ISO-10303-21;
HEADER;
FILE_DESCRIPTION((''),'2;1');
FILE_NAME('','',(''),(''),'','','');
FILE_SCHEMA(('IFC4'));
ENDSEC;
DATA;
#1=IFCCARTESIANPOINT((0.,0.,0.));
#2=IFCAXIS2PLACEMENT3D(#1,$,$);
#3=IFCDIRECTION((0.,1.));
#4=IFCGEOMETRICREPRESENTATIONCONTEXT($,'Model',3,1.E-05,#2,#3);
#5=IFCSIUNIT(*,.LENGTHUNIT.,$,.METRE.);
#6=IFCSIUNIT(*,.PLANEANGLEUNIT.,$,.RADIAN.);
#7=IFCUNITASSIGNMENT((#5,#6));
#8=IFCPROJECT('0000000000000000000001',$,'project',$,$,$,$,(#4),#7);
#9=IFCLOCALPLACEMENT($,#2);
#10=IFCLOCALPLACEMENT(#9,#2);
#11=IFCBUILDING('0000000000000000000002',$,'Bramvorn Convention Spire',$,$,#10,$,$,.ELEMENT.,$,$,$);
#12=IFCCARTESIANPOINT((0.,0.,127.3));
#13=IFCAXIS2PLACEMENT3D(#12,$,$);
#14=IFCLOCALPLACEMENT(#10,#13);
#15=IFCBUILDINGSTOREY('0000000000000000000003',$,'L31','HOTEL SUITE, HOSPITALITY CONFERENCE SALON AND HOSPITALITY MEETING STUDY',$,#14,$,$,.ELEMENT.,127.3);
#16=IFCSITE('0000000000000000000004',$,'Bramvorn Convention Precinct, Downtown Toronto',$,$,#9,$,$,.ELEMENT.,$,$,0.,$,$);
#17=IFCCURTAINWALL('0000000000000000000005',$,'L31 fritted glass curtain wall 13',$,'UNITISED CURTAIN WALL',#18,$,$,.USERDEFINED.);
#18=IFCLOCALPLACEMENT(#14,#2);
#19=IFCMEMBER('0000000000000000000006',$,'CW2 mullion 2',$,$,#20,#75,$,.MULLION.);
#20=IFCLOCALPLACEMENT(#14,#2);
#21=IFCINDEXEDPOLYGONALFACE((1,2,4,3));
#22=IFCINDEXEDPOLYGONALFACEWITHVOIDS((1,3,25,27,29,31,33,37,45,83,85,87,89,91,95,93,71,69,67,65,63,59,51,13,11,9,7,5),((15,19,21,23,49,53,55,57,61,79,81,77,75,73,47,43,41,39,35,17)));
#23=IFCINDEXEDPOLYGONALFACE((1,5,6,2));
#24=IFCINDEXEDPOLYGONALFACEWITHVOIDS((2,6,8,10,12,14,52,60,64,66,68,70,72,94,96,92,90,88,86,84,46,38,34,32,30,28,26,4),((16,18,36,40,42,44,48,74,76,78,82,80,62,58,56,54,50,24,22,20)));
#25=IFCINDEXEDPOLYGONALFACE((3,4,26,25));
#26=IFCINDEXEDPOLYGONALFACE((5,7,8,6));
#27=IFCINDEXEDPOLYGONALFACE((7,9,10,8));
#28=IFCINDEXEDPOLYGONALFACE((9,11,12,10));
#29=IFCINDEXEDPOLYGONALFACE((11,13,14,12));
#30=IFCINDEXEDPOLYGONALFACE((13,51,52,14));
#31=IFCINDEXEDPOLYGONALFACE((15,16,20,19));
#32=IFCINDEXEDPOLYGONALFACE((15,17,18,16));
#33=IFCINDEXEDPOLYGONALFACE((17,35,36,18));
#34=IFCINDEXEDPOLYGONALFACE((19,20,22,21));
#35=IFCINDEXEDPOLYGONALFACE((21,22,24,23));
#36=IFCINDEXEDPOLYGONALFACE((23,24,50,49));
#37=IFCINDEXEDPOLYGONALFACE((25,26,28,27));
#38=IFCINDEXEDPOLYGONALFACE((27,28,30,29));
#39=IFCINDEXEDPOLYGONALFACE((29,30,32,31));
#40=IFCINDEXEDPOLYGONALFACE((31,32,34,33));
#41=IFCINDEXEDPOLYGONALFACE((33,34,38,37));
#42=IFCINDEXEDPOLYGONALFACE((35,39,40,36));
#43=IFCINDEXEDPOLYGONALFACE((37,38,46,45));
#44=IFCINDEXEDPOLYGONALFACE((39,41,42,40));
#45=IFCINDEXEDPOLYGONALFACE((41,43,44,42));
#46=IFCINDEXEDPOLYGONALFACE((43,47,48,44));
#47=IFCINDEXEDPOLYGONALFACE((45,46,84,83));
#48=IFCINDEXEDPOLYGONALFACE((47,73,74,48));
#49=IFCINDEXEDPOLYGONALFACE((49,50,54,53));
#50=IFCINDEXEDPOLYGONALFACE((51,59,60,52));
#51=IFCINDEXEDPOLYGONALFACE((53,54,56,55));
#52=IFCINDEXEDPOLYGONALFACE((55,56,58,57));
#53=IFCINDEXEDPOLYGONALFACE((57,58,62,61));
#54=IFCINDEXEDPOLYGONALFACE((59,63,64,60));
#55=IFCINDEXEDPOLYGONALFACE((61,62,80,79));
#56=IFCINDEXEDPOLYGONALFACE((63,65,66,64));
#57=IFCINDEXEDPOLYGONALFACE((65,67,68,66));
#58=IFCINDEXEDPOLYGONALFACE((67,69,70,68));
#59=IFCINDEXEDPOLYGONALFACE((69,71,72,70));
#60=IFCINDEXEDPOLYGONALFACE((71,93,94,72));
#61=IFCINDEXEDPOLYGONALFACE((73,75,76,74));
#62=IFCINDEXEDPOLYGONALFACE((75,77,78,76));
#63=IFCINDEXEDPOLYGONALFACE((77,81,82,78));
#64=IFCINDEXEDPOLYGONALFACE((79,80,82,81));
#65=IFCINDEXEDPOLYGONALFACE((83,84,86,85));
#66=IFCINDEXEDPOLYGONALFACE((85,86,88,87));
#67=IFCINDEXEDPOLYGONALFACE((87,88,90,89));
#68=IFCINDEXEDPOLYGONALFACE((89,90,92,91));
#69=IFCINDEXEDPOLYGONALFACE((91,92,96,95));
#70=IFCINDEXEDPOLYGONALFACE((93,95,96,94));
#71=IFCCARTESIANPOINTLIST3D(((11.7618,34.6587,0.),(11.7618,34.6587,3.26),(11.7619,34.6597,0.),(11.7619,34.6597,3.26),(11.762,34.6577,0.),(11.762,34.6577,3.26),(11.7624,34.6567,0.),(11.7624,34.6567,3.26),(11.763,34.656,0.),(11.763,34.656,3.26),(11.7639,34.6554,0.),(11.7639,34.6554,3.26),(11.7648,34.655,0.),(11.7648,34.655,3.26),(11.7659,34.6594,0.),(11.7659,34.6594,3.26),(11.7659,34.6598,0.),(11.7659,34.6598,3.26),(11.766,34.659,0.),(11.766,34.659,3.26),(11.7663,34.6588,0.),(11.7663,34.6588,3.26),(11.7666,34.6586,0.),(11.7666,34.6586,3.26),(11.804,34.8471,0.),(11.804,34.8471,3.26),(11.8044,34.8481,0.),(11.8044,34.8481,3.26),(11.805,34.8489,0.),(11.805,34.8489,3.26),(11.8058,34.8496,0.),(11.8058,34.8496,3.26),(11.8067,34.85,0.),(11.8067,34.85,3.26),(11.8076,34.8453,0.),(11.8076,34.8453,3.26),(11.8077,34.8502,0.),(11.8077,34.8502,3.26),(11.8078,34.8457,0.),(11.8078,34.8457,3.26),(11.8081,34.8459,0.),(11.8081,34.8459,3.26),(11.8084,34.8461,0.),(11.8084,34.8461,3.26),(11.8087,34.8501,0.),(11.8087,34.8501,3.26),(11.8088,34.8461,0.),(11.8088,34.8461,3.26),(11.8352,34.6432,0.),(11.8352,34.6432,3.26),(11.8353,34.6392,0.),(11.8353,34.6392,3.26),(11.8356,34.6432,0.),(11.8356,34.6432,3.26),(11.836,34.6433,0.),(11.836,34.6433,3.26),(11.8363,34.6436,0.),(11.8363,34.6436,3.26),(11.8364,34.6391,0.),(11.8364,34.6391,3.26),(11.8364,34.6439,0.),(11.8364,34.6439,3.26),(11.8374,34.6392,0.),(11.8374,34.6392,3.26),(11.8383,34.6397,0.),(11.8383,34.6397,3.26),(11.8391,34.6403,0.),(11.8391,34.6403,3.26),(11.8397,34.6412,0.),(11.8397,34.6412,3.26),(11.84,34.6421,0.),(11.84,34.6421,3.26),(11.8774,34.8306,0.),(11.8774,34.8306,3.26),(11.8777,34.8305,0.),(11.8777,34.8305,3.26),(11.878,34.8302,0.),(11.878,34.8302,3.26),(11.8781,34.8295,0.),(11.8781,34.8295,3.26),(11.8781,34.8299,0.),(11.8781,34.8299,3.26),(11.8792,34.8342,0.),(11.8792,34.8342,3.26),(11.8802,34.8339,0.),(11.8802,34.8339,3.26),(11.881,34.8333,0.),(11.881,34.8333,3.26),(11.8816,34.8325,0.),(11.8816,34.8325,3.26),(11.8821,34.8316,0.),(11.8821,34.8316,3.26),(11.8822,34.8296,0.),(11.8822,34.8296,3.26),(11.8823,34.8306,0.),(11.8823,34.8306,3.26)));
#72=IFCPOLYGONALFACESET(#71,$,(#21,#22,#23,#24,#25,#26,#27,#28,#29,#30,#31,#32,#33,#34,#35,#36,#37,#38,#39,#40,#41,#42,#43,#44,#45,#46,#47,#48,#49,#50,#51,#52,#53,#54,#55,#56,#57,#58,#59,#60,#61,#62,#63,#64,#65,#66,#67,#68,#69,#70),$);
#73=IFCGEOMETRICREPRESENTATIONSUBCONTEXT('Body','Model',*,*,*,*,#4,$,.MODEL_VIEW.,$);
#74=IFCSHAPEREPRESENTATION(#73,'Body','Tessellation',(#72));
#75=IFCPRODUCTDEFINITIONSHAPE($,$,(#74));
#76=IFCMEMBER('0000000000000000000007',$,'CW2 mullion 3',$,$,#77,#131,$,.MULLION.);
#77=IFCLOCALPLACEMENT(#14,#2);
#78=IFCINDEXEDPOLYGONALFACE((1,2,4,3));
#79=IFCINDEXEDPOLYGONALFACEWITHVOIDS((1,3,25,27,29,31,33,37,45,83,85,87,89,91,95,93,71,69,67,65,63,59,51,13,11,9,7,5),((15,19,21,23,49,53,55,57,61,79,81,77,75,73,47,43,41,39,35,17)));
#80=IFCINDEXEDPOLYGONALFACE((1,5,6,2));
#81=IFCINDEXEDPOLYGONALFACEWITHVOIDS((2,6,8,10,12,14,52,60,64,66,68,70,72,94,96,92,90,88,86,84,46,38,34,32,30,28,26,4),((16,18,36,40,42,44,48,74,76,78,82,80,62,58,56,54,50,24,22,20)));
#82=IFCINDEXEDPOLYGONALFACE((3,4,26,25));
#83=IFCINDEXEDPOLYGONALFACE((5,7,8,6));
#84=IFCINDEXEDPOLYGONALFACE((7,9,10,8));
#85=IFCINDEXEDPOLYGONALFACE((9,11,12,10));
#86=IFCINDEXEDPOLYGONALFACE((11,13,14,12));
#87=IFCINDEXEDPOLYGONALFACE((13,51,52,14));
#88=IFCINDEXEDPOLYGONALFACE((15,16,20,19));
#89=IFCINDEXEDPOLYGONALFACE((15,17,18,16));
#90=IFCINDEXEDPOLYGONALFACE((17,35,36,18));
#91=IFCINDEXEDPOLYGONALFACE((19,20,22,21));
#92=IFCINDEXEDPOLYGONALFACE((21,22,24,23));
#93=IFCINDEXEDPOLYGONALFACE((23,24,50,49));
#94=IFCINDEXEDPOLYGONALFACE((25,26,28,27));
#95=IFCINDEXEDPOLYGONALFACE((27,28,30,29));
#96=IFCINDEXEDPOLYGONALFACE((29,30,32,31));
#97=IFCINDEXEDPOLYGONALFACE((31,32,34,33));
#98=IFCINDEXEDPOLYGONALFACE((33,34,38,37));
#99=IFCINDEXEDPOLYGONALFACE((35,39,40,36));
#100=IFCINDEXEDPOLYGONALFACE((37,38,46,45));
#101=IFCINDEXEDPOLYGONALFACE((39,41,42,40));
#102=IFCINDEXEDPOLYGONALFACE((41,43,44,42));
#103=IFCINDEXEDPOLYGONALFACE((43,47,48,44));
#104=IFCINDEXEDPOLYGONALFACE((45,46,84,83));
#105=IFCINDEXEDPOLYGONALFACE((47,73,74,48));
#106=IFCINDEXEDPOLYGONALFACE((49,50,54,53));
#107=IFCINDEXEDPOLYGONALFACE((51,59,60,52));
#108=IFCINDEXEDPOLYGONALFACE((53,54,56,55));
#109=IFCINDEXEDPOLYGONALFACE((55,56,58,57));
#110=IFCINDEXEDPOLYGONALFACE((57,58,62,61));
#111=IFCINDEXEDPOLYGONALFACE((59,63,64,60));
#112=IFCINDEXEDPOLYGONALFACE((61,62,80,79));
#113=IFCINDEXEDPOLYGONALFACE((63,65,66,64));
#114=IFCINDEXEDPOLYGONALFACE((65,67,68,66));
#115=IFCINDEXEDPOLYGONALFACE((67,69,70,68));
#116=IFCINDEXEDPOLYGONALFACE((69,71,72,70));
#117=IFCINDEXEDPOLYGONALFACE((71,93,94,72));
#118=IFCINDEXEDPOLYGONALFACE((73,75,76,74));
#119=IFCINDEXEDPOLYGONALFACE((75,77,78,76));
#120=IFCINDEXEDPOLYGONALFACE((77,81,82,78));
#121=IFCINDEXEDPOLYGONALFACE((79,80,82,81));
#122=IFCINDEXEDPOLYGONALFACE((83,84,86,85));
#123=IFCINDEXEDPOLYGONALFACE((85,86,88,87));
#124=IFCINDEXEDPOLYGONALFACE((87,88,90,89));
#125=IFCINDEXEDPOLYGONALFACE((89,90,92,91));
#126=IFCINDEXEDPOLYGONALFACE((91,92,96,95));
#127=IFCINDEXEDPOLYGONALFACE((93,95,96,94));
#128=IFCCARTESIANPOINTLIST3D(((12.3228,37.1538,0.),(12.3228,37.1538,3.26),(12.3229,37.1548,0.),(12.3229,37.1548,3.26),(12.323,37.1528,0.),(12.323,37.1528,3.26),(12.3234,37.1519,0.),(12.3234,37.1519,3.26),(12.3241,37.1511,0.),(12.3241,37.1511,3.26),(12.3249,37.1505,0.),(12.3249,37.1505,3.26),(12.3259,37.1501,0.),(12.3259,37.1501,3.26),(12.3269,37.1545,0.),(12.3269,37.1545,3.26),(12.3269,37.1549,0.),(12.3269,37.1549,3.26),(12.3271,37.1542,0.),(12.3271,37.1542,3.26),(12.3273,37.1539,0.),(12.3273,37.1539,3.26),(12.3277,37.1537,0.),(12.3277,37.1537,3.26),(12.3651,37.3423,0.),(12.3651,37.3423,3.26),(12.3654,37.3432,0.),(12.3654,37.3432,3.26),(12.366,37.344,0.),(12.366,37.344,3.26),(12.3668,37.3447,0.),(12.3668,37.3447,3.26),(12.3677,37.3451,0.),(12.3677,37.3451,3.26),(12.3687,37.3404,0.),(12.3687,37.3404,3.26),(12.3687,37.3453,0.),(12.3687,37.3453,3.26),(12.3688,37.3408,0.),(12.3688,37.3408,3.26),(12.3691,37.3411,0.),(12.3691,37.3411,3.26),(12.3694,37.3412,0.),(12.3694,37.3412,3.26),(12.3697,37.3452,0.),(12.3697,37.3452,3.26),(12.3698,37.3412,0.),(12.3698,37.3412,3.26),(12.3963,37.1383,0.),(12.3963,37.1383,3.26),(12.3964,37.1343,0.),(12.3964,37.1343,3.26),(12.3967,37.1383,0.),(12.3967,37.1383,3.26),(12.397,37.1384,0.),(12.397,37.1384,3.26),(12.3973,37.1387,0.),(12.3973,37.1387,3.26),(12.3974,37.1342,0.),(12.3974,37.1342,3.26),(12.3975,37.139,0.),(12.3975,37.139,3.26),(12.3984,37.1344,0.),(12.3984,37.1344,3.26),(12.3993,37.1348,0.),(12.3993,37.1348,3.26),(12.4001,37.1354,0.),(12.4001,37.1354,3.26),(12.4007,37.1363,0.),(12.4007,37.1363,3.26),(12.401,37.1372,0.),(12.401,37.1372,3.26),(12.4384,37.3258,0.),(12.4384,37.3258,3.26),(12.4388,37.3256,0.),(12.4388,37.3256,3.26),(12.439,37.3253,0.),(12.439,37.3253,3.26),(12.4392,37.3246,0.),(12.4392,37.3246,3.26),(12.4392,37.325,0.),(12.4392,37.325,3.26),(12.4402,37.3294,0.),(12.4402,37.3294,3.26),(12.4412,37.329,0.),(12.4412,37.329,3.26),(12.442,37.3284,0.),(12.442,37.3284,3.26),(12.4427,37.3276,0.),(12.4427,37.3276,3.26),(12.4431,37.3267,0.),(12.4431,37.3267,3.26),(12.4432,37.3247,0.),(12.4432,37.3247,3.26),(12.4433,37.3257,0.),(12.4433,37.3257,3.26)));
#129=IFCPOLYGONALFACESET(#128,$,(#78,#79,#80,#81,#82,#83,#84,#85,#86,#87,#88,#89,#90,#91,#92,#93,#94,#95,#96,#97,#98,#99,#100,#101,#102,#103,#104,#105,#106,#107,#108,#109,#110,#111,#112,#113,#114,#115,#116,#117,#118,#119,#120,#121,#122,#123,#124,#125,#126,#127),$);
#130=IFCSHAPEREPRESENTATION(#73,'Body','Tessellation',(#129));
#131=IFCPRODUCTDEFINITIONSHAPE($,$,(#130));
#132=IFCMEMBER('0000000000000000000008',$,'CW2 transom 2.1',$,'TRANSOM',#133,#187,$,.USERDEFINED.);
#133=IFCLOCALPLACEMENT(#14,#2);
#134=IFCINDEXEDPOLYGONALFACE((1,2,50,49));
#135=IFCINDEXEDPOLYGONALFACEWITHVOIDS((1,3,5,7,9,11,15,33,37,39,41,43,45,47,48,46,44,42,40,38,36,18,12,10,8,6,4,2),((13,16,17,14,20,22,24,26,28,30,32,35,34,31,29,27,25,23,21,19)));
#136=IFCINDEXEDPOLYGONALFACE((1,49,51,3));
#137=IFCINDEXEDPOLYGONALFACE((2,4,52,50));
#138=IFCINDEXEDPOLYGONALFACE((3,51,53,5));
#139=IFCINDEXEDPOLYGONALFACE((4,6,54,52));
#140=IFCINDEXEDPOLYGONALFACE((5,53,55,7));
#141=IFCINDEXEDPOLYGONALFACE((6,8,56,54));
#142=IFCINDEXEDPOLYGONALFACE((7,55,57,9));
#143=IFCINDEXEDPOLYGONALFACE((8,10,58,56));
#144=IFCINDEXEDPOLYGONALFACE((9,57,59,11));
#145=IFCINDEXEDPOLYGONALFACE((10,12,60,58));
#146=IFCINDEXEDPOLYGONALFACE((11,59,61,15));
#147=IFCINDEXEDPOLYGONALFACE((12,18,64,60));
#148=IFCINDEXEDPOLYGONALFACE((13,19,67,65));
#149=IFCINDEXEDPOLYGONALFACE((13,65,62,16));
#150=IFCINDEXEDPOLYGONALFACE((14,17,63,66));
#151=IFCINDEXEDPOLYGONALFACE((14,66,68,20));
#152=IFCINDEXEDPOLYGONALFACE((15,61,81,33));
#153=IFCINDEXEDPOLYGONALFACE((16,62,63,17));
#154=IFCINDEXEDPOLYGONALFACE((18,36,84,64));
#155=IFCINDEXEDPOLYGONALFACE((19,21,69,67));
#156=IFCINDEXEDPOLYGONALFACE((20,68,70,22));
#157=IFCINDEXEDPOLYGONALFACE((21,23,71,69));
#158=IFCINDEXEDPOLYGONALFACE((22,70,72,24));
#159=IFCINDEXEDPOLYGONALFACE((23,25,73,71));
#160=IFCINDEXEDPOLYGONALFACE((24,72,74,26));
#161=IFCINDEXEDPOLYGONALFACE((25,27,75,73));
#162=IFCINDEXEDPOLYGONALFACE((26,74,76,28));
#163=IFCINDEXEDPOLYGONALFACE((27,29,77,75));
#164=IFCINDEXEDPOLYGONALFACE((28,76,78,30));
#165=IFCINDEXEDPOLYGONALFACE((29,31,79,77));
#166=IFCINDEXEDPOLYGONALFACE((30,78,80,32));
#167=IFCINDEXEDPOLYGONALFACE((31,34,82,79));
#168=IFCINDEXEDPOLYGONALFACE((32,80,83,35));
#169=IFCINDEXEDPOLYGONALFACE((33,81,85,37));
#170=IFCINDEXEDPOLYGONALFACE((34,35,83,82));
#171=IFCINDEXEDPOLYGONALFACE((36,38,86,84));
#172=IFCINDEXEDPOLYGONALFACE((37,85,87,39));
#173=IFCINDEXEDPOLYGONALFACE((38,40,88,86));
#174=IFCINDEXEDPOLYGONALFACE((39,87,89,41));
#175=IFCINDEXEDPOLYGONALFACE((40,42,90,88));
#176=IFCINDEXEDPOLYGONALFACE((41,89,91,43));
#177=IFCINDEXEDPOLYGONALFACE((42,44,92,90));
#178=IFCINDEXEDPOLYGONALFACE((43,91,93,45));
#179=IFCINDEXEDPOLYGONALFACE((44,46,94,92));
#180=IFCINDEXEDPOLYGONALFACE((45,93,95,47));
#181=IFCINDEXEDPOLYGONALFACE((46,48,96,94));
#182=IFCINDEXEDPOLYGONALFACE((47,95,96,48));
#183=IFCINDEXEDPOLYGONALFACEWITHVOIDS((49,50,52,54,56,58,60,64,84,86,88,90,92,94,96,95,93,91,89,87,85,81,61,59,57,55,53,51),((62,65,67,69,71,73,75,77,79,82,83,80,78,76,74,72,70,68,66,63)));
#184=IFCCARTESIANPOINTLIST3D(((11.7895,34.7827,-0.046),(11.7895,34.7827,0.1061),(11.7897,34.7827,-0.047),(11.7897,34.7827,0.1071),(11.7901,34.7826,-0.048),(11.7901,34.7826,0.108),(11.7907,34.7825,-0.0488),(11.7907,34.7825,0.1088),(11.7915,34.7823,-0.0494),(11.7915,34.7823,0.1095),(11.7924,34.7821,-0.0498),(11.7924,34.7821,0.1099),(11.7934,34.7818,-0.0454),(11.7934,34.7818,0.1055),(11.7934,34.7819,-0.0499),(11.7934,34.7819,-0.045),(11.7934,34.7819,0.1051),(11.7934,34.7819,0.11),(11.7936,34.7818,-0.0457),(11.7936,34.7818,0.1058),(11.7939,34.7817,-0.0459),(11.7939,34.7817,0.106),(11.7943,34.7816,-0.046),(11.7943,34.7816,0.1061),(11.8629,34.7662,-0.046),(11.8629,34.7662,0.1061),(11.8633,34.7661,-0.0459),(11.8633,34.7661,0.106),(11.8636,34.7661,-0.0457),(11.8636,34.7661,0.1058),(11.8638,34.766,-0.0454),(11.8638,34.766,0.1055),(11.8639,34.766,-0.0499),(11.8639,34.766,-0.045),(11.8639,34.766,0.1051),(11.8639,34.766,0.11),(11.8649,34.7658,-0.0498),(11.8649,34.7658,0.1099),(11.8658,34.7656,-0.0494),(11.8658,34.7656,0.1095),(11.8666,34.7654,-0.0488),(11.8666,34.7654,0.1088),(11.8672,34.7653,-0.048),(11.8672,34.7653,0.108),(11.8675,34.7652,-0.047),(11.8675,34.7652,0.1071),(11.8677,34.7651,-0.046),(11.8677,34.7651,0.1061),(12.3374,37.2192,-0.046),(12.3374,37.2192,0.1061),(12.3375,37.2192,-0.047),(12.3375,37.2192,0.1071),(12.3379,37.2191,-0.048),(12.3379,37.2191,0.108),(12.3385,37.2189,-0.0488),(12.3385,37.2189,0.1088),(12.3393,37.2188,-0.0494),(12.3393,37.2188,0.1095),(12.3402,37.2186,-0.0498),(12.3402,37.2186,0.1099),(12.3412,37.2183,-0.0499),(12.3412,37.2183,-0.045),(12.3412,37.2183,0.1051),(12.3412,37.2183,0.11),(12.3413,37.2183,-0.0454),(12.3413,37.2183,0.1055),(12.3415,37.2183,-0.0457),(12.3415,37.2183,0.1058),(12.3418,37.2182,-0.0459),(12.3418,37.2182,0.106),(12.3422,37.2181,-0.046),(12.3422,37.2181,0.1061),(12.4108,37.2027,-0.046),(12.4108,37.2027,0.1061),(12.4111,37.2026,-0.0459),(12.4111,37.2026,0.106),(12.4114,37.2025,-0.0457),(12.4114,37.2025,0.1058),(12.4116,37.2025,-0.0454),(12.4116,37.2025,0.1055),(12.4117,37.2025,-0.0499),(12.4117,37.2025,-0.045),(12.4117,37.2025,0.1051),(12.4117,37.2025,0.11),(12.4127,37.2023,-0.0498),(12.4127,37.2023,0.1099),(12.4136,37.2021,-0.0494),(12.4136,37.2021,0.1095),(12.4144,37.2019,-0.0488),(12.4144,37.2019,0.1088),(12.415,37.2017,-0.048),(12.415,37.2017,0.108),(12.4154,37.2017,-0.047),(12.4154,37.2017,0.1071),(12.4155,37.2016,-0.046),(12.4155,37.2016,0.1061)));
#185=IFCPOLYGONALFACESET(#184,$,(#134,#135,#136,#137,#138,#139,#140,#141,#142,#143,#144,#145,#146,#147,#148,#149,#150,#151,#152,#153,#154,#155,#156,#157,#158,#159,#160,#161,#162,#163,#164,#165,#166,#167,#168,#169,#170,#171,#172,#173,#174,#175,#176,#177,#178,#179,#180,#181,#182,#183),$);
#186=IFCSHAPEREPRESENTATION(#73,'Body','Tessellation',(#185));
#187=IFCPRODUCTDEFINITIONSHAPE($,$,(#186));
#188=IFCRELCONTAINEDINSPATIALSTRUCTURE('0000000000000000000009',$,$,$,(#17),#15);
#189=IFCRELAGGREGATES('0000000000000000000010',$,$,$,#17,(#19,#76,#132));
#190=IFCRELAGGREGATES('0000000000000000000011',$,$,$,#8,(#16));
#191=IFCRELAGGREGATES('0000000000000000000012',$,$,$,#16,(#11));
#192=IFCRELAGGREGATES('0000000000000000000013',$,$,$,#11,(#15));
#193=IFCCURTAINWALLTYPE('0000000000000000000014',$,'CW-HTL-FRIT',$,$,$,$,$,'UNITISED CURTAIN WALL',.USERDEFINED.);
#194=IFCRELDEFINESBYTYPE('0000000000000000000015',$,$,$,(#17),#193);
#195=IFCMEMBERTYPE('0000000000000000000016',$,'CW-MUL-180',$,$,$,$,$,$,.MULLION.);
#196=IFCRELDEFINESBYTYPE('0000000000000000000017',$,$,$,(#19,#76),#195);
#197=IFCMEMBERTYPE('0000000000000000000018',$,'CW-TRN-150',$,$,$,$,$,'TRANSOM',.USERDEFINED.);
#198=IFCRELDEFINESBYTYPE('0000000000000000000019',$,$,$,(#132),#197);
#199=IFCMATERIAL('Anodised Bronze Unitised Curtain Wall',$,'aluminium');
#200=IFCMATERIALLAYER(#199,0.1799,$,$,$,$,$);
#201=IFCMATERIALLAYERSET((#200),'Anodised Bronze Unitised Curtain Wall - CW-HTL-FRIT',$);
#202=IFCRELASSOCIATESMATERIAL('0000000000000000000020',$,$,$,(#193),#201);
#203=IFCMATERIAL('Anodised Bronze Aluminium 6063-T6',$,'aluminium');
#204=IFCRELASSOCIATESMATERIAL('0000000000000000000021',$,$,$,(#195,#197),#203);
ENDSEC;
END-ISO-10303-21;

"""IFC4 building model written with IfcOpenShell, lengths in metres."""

from ifc_helpers import new_model, si_unit, direction, frame, origin, origin_2d, place, context, subcontext, project, spatial, hollow_rectangle, extrude, material, layer, layer_set, material_profile, profile_set, type_object, element, aggregate, save


model = new_model("IFC4")

# Units and contexts
model_context = context("Model", 3, precision=1e-05, world=origin(), true_north=direction((0.0, 1.0)))
body_context = subcontext(model_context, "Body", "Model", "MODEL_VIEW")
ifc_project = project(units=[si_unit("LENGTHUNIT", "METRE"), si_unit("PLANEANGLEUNIT", "RADIAN")], contexts=[model_context])

# Site, building, storey
site_placement = place(None, origin())
site = spatial("IfcSite", under=ifc_project, at=site_placement, Name="Bramvorn Convention Precinct, Downtown Toronto", CompositionType="ELEMENT", RefElevation=0.0)
building_placement = place(site_placement, origin())
building = spatial("IfcBuilding", under=site, at=building_placement, Name="Bramvorn Convention Spire", CompositionType="ELEMENT")
storey_placement = place(building_placement, frame((0.0, 0.0, 127.3)))
storey = spatial("IfcBuildingStorey", under=building, at=storey_placement, Name="L31", Description="HOTEL SUITE, HOSPITALITY CONFERENCE SALON AND HOSPITALITY MEETING STUDY", CompositionType="ELEMENT", Elevation=127.3)

# Curtain wall, members
ifc_material_1 = material(Name="Anodised Bronze Unitised Curtain Wall", Category="aluminium")
ifc_layer_1 = layer(ifc_material_1, 0.1799)
ifc_layer_set_1 = layer_set([ifc_layer_1], Name="Anodised Bronze Unitised Curtain Wall - CW-HTL-FRIT")
curtain_wall_type = type_object("IfcCurtainWallType", Name="CW-HTL-FRIT", ElementType="UNITISED CURTAIN WALL", PredefinedType="USERDEFINED", material=ifc_layer_set_1)
curtain_wall_placement = place(storey_placement, origin())
curtain_wall = element("IfcCurtainWall", 1, at=curtain_wall_placement, inside=storey, type_object=curtain_wall_type, Name="L31 fritted glass curtain wall 13", ObjectType="UNITISED CURTAIN WALL", PredefinedType="USERDEFINED")
ifc_material_2 = material(Name="Anodised Bronze Aluminium 6063-T6", Category="aluminium")
ifc_material_profile_1 = material_profile(ifc_material_2, hollow_rectangle(XDim=0.0801, YDim=0.2, WallThickness=0.0039, InnerFilletRadius=0.001, OuterFilletRadius=0.0039, at=origin_2d()))
ifc_profile_set_1 = profile_set([ifc_material_profile_1], Name="Anodised Bronze Aluminium 6063-T6 - CWM80X200")
member_type_1 = type_object("IfcMemberType", Name="CW-MUL-180", PredefinedType="MULLION", material=ifc_profile_set_1)
member_1_placement = place(storey_placement, frame((11.822, 34.7446, 0.0), z_axis=(0.0, 0.0, 1.0), x_axis=(-0.975647, 0.219348, 0.0)))
member_1 = element("IfcMember", 2, at=member_1_placement, type_object=member_type_1, Name="CW2 mullion 2", PredefinedType="MULLION", context=body_context, shape_type="SweptSolid", body=[
    extrude(hollow_rectangle(XDim=0.0801, YDim=0.2, WallThickness=0.0039, InnerFilletRadius=0.001, OuterFilletRadius=0.0039, at=origin_2d()), origin(), (0.0, 0.0, 1.0), 3.26),
])
member_2_placement = place(storey_placement, frame((12.3831, 37.2397, 0.0), z_axis=(0.0, 0.0, 1.0), x_axis=(-0.975647, 0.219348, 0.0)))
member_2 = element("IfcMember", 3, at=member_2_placement, type_object=member_type_1, Name="CW2 mullion 3", PredefinedType="MULLION", context=body_context, shape_type="SweptSolid", body=[
    extrude(hollow_rectangle(XDim=0.0801, YDim=0.2, WallThickness=0.0039, InnerFilletRadius=0.001, OuterFilletRadius=0.0039, at=origin_2d()), origin(), (0.0, 0.0, 1.0), 3.26),
])
ifc_material_profile_2 = material_profile(ifc_material_2, hollow_rectangle(XDim=0.0801, YDim=0.1599, WallThickness=0.0039, InnerFilletRadius=0.001, OuterFilletRadius=0.0039, at=origin_2d()))
ifc_profile_set_2 = profile_set([ifc_material_profile_2], Name="Anodised Bronze Aluminium 6063-T6 - CWT80X160")
member_type_2 = type_object("IfcMemberType", Name="CW-TRN-150", ElementType="TRANSOM", PredefinedType="USERDEFINED", material=ifc_profile_set_2)
member_3_placement = place(storey_placement, frame((11.8286, 34.7739, 0.03), z_axis=(0.219373, 0.975641, 0.0), x_axis=(-0.975641, 0.219373, 0.0)))
member_3 = element("IfcMember", 4, at=member_3_placement, type_object=member_type_2, Name="CW2 transom 2.1", ObjectType="TRANSOM", PredefinedType="USERDEFINED", context=body_context, shape_type="SweptSolid", body=[
    extrude(hollow_rectangle(XDim=0.0801, YDim=0.1599, WallThickness=0.0039, InnerFilletRadius=0.001, OuterFilletRadius=0.0039, at=origin_2d()), origin(), (0.0, 0.0, 1.0), 2.4973),
])

aggregate(curtain_wall, [member_1, member_2, member_3])

save(model, "model.ifc")
